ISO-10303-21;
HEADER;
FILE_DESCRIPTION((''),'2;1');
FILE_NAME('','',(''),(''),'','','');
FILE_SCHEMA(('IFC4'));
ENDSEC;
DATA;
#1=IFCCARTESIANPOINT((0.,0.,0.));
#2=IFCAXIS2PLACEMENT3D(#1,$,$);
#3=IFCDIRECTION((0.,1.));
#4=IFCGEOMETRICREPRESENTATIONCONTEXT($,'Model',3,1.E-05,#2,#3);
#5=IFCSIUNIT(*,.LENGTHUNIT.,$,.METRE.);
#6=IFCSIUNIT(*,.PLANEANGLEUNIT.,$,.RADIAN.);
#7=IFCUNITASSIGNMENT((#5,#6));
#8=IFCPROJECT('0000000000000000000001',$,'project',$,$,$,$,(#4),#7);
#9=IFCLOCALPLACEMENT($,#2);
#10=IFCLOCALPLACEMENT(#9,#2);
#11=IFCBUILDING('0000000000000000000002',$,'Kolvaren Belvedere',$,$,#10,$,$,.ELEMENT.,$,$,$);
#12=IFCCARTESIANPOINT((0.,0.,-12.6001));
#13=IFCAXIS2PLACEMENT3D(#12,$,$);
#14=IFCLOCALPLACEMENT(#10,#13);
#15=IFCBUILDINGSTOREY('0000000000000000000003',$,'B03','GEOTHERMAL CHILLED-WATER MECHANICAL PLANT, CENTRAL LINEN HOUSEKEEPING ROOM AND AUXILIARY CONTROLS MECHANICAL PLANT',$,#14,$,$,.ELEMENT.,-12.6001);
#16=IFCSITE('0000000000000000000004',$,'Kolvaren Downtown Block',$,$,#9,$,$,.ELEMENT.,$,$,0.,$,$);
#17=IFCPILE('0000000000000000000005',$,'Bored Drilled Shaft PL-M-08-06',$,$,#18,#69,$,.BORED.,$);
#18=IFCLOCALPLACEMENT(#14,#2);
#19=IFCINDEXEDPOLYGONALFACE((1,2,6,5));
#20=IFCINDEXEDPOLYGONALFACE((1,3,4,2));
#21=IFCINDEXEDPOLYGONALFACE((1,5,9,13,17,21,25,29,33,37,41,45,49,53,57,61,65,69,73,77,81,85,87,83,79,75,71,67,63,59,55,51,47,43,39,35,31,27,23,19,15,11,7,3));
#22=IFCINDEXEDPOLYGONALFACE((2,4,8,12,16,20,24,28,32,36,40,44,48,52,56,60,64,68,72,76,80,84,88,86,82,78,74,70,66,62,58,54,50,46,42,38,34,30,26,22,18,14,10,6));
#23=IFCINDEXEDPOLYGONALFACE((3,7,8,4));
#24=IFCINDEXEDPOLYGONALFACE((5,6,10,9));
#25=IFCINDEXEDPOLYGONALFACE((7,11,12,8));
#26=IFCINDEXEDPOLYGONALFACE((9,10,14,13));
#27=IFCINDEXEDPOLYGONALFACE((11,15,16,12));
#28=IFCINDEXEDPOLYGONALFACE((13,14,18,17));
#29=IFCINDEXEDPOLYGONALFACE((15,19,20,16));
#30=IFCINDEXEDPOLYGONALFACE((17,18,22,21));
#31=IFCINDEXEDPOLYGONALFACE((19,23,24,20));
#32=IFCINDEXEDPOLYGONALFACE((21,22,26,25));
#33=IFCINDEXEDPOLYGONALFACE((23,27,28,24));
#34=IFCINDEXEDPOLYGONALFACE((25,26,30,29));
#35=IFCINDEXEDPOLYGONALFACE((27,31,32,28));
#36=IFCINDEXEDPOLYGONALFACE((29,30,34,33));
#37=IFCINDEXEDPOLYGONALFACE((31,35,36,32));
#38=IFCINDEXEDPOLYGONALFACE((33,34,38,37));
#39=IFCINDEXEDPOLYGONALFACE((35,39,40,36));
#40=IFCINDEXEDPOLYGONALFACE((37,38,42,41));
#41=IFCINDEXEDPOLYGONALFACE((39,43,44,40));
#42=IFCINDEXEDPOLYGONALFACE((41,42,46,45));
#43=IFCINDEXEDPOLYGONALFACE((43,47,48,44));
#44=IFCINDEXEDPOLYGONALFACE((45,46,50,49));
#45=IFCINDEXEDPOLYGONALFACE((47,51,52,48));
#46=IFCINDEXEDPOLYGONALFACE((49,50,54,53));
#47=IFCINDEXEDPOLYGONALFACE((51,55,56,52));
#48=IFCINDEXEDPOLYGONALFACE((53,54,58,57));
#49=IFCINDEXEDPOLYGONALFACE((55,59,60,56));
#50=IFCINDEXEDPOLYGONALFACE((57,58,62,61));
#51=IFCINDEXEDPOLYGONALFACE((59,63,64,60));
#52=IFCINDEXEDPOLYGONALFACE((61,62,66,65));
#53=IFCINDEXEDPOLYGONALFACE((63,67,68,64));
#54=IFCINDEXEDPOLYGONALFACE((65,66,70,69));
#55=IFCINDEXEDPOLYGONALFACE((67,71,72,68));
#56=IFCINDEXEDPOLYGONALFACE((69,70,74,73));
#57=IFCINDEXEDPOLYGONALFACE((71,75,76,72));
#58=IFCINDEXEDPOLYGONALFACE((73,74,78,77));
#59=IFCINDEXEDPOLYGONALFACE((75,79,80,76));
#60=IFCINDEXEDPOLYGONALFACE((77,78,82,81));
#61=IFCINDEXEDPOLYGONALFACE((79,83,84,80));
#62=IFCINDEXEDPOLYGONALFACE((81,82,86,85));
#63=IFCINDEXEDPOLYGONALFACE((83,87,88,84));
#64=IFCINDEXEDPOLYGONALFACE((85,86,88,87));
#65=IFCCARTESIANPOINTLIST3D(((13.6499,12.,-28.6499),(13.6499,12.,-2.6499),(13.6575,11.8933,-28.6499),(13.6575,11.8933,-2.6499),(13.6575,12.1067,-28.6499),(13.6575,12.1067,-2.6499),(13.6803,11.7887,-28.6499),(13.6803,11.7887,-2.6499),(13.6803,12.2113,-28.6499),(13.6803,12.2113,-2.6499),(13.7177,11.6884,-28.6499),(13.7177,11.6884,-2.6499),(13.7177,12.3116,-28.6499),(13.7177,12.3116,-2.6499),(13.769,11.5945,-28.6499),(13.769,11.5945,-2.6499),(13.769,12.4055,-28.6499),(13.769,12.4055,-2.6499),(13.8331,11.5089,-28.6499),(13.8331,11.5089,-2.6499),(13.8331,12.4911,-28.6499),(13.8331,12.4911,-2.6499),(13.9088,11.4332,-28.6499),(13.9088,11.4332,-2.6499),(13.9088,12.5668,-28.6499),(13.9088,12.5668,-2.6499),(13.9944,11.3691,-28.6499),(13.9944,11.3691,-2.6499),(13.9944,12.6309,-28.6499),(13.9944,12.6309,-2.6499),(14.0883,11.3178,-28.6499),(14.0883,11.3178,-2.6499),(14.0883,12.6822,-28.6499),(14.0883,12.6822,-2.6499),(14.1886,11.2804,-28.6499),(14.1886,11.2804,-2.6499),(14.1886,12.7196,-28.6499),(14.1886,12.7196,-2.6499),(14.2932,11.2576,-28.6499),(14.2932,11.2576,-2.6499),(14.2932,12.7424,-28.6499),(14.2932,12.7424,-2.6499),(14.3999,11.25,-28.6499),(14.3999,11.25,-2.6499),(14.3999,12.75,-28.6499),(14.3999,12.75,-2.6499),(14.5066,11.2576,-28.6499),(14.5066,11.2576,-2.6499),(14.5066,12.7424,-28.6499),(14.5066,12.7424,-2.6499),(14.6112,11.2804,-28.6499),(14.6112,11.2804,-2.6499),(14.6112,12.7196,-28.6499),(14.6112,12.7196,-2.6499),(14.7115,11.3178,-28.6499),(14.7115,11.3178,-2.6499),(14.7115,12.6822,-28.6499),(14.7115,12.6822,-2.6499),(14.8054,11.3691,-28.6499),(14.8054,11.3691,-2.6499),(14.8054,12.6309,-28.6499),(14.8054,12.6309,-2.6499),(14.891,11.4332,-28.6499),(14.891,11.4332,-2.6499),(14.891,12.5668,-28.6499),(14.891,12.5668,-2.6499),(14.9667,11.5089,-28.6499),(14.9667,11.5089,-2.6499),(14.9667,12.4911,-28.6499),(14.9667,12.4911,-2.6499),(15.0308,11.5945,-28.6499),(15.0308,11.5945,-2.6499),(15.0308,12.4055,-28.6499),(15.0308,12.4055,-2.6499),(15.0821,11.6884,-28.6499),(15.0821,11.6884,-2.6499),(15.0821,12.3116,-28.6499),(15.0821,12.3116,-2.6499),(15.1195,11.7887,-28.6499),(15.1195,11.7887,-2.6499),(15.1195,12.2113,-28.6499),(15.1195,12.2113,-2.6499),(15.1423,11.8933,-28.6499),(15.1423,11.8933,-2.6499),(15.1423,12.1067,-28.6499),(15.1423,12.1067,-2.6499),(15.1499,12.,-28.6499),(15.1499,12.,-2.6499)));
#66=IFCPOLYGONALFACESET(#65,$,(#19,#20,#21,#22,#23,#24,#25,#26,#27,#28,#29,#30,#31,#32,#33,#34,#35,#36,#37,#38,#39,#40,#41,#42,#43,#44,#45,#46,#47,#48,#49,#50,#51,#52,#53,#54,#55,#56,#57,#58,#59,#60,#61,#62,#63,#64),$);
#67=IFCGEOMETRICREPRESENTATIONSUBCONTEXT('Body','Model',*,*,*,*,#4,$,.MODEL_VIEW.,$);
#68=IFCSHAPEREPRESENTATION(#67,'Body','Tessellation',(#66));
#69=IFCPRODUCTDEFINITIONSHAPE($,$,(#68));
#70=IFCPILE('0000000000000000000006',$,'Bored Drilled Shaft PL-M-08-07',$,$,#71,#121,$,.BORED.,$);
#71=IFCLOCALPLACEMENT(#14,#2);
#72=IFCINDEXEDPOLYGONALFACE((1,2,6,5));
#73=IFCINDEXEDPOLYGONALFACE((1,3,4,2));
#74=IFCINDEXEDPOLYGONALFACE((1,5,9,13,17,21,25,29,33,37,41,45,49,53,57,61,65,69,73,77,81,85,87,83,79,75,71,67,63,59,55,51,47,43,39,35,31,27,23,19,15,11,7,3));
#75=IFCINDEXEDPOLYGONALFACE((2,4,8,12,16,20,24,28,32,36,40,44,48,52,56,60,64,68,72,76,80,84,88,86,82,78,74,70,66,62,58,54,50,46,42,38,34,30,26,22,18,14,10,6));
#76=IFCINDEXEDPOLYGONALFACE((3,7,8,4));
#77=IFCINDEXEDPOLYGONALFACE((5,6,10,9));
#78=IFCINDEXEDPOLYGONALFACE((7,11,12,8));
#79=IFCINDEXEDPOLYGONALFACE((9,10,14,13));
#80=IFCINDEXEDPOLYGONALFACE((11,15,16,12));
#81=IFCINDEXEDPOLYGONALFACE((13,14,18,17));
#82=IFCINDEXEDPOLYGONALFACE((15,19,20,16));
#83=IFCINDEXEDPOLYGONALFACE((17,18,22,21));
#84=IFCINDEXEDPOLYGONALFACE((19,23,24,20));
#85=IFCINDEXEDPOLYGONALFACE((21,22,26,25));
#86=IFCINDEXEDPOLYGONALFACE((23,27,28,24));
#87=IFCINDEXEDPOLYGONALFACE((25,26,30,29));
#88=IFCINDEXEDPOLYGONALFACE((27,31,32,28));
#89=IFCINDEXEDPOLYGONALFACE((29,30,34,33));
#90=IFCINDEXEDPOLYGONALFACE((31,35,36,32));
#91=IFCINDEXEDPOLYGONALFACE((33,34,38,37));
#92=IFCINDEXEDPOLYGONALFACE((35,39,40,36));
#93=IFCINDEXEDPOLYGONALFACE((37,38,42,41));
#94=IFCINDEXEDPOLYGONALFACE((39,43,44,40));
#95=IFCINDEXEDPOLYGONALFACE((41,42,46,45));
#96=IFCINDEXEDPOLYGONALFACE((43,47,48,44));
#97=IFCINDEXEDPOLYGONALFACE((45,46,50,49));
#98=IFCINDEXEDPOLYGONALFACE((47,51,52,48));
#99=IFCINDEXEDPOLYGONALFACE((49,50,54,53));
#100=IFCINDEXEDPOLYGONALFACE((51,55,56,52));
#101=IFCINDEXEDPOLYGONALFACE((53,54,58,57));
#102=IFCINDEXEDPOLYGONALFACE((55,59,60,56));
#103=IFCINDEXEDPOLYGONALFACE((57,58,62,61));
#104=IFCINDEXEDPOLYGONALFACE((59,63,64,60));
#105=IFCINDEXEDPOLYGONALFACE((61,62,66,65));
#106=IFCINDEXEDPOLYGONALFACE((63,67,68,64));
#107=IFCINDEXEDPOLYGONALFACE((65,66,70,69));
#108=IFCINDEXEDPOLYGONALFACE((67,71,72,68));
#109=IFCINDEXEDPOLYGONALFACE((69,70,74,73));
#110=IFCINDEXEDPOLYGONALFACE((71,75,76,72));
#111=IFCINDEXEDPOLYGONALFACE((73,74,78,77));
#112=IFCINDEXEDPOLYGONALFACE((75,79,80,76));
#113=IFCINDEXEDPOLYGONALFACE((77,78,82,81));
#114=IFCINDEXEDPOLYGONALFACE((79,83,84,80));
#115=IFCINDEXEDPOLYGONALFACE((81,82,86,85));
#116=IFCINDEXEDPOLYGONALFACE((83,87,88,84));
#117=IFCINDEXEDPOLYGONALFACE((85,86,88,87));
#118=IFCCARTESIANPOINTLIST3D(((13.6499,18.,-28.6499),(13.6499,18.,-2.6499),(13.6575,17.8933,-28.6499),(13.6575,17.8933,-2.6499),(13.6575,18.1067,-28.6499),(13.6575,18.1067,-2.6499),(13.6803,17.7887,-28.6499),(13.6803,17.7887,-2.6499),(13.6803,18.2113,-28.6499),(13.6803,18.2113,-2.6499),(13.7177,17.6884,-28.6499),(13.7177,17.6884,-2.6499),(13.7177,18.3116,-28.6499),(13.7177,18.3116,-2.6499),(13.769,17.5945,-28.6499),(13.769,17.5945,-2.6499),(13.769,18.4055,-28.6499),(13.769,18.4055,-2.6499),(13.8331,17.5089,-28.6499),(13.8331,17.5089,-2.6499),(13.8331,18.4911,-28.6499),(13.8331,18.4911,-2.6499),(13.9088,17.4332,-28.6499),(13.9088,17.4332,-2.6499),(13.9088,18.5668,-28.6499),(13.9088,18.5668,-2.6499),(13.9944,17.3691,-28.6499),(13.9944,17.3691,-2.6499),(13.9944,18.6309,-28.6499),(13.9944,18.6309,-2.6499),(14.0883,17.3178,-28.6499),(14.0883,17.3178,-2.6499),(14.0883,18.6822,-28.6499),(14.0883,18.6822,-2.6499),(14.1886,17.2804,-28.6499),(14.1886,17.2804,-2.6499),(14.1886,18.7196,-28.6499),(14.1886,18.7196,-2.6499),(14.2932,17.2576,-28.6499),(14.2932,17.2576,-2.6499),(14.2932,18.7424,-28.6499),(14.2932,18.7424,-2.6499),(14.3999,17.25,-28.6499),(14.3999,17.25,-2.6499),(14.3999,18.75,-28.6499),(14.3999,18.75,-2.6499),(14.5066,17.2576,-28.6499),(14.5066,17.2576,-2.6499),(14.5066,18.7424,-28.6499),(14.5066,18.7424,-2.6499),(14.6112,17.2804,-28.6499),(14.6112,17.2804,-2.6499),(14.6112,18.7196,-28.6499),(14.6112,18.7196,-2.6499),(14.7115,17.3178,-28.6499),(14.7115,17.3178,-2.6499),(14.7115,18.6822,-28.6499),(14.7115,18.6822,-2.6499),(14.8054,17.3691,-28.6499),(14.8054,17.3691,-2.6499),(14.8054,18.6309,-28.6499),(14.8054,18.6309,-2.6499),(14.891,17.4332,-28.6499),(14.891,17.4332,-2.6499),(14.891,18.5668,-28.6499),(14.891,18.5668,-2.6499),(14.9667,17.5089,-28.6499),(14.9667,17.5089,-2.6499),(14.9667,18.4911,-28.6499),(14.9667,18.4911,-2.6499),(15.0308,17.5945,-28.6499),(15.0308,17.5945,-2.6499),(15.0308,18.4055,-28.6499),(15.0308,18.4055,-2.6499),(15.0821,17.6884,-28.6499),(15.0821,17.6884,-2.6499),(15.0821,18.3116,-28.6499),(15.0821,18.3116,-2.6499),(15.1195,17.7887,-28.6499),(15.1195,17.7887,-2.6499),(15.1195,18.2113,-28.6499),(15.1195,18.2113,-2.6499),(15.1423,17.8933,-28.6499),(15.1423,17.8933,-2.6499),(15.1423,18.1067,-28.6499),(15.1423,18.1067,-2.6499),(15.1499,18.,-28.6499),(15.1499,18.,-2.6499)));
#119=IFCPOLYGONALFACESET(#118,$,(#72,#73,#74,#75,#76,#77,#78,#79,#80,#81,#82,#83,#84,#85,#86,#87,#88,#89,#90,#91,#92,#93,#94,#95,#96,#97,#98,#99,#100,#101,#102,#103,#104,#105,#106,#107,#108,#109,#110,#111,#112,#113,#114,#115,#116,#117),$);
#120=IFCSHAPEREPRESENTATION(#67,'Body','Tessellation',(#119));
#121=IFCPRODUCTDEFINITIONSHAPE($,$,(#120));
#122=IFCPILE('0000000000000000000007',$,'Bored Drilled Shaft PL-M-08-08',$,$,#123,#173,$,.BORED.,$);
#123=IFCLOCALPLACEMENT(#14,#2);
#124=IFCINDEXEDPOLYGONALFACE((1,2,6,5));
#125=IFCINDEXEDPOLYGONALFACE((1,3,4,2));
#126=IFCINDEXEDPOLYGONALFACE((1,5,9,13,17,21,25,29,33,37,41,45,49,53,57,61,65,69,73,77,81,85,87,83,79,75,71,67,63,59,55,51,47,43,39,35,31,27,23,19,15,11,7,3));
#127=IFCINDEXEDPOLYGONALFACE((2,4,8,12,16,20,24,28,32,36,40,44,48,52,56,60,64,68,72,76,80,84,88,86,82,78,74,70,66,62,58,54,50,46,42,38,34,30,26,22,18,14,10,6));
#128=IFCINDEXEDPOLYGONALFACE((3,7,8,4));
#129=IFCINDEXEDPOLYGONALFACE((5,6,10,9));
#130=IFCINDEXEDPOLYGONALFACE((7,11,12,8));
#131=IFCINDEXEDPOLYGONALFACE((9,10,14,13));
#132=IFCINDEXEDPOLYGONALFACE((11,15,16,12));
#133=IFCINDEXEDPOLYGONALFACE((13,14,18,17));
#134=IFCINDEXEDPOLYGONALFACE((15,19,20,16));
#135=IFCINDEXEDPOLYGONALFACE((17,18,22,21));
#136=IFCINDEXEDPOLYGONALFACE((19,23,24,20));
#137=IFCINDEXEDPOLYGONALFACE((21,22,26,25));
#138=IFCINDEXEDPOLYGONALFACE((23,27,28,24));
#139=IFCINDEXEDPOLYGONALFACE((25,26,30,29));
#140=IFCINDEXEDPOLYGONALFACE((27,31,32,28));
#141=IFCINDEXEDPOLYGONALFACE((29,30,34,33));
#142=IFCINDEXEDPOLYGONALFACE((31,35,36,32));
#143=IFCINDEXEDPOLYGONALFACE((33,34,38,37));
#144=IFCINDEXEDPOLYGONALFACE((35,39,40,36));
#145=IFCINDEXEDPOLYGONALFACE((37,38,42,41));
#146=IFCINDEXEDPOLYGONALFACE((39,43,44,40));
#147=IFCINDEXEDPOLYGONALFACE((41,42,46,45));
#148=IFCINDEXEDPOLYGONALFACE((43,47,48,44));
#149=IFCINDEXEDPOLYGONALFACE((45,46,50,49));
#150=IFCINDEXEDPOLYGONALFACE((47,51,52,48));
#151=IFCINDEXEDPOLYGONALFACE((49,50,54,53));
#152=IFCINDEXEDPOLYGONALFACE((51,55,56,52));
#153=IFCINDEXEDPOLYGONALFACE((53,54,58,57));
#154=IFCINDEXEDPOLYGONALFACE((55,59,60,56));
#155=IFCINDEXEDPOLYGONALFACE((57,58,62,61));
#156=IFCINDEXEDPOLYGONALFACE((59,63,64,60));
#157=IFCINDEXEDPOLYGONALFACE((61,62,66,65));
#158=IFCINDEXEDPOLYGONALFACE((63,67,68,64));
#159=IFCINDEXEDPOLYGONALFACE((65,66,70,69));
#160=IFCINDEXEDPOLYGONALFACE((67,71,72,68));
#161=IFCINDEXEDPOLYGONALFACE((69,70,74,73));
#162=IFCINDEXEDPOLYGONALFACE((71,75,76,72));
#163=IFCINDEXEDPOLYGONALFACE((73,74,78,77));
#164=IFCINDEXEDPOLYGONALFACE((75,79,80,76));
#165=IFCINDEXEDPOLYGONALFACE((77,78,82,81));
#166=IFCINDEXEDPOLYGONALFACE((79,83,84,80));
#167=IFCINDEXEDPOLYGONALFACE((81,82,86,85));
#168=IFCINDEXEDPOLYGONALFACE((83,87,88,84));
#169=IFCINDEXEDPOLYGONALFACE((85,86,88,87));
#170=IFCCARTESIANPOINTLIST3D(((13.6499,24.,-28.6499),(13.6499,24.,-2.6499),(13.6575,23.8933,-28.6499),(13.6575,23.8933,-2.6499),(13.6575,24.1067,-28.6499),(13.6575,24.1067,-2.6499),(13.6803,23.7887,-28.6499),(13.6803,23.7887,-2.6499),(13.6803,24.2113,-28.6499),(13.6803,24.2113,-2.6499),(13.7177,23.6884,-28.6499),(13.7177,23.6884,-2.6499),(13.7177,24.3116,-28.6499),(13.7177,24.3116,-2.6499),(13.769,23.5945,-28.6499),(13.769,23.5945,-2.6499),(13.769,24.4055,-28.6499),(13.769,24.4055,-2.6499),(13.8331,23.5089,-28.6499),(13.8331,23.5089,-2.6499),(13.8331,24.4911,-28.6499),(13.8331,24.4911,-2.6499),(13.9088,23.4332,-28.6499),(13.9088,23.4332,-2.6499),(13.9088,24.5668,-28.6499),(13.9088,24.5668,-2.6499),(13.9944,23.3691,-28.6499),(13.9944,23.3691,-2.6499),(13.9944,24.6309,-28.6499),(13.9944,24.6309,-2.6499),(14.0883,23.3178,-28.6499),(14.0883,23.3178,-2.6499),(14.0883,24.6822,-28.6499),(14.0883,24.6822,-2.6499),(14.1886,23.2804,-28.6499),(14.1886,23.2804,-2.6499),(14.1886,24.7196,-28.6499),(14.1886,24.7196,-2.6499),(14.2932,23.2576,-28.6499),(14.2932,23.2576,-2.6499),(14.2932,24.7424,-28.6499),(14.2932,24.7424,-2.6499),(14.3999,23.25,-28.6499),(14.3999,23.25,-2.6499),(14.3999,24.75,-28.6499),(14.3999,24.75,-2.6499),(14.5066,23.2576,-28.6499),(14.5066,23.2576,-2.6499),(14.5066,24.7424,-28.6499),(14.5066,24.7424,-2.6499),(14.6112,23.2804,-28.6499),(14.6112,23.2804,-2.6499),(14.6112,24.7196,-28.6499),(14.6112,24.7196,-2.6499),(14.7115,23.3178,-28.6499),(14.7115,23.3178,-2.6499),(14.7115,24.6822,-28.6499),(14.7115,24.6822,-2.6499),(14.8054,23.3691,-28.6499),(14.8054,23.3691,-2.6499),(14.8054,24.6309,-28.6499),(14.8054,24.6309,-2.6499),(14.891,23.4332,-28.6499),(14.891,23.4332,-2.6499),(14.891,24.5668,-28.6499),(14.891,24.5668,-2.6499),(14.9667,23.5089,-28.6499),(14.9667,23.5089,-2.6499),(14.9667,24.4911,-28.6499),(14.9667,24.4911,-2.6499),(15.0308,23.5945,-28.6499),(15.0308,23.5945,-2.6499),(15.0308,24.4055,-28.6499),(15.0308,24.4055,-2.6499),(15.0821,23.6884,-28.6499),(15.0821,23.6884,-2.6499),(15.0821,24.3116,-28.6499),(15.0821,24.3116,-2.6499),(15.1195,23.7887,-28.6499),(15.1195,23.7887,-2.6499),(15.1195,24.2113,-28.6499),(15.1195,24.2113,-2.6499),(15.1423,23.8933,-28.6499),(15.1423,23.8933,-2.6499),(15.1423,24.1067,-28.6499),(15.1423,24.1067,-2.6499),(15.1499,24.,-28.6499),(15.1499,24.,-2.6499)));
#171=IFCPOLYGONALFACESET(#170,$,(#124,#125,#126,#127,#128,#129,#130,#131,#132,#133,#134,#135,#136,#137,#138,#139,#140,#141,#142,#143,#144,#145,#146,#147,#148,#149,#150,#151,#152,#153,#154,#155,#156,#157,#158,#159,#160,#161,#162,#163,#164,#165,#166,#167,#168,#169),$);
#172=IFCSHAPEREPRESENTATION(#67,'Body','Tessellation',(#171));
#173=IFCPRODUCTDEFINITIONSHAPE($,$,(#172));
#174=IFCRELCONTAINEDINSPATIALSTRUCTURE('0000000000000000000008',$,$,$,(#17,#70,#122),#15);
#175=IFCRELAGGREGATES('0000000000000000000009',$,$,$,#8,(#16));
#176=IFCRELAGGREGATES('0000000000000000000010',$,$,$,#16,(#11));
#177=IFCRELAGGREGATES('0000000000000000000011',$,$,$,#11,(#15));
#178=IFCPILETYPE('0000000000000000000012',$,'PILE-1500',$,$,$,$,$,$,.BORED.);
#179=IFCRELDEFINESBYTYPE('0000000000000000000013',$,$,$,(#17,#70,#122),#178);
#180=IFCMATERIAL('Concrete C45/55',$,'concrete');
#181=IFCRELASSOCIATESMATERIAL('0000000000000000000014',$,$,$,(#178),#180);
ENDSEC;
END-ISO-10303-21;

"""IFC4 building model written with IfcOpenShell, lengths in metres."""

from ifc_helpers import new_model, si_unit, direction, frame, origin, origin_2d, place, context, subcontext, project, spatial, circle, extrude, material, material_profile, profile_set, type_object, element, save


model = new_model("IFC4")

# Units and contexts
model_context = context("Model", 3, precision=1e-05, world=origin(), true_north=direction((0.0, 1.0)))
body_context = subcontext(model_context, "Body", "Model", "MODEL_VIEW")
ifc_project = project(units=[si_unit("LENGTHUNIT", "METRE"), si_unit("PLANEANGLEUNIT", "RADIAN")], contexts=[model_context])

# Site, building, storey
site_placement = place(None, origin())
site = spatial("IfcSite", under=ifc_project, at=site_placement, Name="Kolvaren Downtown Block", CompositionType="ELEMENT", RefElevation=0.0)
building_placement = place(site_placement, origin())
building = spatial("IfcBuilding", under=site, at=building_placement, Name="Kolvaren Belvedere", CompositionType="ELEMENT")
storey_placement = place(building_placement, frame((0.0, 0.0, -12.6001)))
storey = spatial("IfcBuildingStorey", under=building, at=storey_placement, Name="B03", Description="GEOTHERMAL CHILLED-WATER MECHANICAL PLANT, CENTRAL LINEN HOUSEKEEPING ROOM AND AUXILIARY CONTROLS MECHANICAL PLANT", CompositionType="ELEMENT", Elevation=-12.6001)

# Piles
ifc_material_1 = material(Name="Concrete C45/55", Category="concrete")
ifc_material_profile_1 = material_profile(ifc_material_1, circle(Radius=0.75, at=origin_2d()), Name="BORED PILE D1500")
ifc_profile_set_1 = profile_set([ifc_material_profile_1], Name="Concrete C45/55")
pile_type_1 = type_object("IfcPileType", Name="PILE-1500", PredefinedType="BORED", material=ifc_profile_set_1)
for number, where, z_axis, x_axis, name in (
    (1, (14.3999, 12.0, -2.6499), (0.0, 0.0, -1.0), (1.0, 0.0, 0.0), "Bored Drilled Shaft PL-M-08-06"),
    (2, (14.3999, 18.0, -2.6499), (0.0, 0.0, -1.0), (1.0, 0.0, 0.0), "Bored Drilled Shaft PL-M-08-07"),
    (3, (14.3999, 24.0, -2.6499), (0.0, 0.0, -1.0), (1.0, 0.0, 0.0), "Bored Drilled Shaft PL-M-08-08"),
):
    element("IfcPile", number, at=place(storey_placement, frame(where, z_axis=z_axis, x_axis=x_axis)), inside=storey, type_object=pile_type_1, Name=name, PredefinedType="BORED", context=body_context, shape_type="SweptSolid", body=[
        extrude(circle(Radius=0.75, at=origin_2d()), origin(), (0.0, 0.0, 1.0), 26.0),
    ])

save(model, "model.ifc")
